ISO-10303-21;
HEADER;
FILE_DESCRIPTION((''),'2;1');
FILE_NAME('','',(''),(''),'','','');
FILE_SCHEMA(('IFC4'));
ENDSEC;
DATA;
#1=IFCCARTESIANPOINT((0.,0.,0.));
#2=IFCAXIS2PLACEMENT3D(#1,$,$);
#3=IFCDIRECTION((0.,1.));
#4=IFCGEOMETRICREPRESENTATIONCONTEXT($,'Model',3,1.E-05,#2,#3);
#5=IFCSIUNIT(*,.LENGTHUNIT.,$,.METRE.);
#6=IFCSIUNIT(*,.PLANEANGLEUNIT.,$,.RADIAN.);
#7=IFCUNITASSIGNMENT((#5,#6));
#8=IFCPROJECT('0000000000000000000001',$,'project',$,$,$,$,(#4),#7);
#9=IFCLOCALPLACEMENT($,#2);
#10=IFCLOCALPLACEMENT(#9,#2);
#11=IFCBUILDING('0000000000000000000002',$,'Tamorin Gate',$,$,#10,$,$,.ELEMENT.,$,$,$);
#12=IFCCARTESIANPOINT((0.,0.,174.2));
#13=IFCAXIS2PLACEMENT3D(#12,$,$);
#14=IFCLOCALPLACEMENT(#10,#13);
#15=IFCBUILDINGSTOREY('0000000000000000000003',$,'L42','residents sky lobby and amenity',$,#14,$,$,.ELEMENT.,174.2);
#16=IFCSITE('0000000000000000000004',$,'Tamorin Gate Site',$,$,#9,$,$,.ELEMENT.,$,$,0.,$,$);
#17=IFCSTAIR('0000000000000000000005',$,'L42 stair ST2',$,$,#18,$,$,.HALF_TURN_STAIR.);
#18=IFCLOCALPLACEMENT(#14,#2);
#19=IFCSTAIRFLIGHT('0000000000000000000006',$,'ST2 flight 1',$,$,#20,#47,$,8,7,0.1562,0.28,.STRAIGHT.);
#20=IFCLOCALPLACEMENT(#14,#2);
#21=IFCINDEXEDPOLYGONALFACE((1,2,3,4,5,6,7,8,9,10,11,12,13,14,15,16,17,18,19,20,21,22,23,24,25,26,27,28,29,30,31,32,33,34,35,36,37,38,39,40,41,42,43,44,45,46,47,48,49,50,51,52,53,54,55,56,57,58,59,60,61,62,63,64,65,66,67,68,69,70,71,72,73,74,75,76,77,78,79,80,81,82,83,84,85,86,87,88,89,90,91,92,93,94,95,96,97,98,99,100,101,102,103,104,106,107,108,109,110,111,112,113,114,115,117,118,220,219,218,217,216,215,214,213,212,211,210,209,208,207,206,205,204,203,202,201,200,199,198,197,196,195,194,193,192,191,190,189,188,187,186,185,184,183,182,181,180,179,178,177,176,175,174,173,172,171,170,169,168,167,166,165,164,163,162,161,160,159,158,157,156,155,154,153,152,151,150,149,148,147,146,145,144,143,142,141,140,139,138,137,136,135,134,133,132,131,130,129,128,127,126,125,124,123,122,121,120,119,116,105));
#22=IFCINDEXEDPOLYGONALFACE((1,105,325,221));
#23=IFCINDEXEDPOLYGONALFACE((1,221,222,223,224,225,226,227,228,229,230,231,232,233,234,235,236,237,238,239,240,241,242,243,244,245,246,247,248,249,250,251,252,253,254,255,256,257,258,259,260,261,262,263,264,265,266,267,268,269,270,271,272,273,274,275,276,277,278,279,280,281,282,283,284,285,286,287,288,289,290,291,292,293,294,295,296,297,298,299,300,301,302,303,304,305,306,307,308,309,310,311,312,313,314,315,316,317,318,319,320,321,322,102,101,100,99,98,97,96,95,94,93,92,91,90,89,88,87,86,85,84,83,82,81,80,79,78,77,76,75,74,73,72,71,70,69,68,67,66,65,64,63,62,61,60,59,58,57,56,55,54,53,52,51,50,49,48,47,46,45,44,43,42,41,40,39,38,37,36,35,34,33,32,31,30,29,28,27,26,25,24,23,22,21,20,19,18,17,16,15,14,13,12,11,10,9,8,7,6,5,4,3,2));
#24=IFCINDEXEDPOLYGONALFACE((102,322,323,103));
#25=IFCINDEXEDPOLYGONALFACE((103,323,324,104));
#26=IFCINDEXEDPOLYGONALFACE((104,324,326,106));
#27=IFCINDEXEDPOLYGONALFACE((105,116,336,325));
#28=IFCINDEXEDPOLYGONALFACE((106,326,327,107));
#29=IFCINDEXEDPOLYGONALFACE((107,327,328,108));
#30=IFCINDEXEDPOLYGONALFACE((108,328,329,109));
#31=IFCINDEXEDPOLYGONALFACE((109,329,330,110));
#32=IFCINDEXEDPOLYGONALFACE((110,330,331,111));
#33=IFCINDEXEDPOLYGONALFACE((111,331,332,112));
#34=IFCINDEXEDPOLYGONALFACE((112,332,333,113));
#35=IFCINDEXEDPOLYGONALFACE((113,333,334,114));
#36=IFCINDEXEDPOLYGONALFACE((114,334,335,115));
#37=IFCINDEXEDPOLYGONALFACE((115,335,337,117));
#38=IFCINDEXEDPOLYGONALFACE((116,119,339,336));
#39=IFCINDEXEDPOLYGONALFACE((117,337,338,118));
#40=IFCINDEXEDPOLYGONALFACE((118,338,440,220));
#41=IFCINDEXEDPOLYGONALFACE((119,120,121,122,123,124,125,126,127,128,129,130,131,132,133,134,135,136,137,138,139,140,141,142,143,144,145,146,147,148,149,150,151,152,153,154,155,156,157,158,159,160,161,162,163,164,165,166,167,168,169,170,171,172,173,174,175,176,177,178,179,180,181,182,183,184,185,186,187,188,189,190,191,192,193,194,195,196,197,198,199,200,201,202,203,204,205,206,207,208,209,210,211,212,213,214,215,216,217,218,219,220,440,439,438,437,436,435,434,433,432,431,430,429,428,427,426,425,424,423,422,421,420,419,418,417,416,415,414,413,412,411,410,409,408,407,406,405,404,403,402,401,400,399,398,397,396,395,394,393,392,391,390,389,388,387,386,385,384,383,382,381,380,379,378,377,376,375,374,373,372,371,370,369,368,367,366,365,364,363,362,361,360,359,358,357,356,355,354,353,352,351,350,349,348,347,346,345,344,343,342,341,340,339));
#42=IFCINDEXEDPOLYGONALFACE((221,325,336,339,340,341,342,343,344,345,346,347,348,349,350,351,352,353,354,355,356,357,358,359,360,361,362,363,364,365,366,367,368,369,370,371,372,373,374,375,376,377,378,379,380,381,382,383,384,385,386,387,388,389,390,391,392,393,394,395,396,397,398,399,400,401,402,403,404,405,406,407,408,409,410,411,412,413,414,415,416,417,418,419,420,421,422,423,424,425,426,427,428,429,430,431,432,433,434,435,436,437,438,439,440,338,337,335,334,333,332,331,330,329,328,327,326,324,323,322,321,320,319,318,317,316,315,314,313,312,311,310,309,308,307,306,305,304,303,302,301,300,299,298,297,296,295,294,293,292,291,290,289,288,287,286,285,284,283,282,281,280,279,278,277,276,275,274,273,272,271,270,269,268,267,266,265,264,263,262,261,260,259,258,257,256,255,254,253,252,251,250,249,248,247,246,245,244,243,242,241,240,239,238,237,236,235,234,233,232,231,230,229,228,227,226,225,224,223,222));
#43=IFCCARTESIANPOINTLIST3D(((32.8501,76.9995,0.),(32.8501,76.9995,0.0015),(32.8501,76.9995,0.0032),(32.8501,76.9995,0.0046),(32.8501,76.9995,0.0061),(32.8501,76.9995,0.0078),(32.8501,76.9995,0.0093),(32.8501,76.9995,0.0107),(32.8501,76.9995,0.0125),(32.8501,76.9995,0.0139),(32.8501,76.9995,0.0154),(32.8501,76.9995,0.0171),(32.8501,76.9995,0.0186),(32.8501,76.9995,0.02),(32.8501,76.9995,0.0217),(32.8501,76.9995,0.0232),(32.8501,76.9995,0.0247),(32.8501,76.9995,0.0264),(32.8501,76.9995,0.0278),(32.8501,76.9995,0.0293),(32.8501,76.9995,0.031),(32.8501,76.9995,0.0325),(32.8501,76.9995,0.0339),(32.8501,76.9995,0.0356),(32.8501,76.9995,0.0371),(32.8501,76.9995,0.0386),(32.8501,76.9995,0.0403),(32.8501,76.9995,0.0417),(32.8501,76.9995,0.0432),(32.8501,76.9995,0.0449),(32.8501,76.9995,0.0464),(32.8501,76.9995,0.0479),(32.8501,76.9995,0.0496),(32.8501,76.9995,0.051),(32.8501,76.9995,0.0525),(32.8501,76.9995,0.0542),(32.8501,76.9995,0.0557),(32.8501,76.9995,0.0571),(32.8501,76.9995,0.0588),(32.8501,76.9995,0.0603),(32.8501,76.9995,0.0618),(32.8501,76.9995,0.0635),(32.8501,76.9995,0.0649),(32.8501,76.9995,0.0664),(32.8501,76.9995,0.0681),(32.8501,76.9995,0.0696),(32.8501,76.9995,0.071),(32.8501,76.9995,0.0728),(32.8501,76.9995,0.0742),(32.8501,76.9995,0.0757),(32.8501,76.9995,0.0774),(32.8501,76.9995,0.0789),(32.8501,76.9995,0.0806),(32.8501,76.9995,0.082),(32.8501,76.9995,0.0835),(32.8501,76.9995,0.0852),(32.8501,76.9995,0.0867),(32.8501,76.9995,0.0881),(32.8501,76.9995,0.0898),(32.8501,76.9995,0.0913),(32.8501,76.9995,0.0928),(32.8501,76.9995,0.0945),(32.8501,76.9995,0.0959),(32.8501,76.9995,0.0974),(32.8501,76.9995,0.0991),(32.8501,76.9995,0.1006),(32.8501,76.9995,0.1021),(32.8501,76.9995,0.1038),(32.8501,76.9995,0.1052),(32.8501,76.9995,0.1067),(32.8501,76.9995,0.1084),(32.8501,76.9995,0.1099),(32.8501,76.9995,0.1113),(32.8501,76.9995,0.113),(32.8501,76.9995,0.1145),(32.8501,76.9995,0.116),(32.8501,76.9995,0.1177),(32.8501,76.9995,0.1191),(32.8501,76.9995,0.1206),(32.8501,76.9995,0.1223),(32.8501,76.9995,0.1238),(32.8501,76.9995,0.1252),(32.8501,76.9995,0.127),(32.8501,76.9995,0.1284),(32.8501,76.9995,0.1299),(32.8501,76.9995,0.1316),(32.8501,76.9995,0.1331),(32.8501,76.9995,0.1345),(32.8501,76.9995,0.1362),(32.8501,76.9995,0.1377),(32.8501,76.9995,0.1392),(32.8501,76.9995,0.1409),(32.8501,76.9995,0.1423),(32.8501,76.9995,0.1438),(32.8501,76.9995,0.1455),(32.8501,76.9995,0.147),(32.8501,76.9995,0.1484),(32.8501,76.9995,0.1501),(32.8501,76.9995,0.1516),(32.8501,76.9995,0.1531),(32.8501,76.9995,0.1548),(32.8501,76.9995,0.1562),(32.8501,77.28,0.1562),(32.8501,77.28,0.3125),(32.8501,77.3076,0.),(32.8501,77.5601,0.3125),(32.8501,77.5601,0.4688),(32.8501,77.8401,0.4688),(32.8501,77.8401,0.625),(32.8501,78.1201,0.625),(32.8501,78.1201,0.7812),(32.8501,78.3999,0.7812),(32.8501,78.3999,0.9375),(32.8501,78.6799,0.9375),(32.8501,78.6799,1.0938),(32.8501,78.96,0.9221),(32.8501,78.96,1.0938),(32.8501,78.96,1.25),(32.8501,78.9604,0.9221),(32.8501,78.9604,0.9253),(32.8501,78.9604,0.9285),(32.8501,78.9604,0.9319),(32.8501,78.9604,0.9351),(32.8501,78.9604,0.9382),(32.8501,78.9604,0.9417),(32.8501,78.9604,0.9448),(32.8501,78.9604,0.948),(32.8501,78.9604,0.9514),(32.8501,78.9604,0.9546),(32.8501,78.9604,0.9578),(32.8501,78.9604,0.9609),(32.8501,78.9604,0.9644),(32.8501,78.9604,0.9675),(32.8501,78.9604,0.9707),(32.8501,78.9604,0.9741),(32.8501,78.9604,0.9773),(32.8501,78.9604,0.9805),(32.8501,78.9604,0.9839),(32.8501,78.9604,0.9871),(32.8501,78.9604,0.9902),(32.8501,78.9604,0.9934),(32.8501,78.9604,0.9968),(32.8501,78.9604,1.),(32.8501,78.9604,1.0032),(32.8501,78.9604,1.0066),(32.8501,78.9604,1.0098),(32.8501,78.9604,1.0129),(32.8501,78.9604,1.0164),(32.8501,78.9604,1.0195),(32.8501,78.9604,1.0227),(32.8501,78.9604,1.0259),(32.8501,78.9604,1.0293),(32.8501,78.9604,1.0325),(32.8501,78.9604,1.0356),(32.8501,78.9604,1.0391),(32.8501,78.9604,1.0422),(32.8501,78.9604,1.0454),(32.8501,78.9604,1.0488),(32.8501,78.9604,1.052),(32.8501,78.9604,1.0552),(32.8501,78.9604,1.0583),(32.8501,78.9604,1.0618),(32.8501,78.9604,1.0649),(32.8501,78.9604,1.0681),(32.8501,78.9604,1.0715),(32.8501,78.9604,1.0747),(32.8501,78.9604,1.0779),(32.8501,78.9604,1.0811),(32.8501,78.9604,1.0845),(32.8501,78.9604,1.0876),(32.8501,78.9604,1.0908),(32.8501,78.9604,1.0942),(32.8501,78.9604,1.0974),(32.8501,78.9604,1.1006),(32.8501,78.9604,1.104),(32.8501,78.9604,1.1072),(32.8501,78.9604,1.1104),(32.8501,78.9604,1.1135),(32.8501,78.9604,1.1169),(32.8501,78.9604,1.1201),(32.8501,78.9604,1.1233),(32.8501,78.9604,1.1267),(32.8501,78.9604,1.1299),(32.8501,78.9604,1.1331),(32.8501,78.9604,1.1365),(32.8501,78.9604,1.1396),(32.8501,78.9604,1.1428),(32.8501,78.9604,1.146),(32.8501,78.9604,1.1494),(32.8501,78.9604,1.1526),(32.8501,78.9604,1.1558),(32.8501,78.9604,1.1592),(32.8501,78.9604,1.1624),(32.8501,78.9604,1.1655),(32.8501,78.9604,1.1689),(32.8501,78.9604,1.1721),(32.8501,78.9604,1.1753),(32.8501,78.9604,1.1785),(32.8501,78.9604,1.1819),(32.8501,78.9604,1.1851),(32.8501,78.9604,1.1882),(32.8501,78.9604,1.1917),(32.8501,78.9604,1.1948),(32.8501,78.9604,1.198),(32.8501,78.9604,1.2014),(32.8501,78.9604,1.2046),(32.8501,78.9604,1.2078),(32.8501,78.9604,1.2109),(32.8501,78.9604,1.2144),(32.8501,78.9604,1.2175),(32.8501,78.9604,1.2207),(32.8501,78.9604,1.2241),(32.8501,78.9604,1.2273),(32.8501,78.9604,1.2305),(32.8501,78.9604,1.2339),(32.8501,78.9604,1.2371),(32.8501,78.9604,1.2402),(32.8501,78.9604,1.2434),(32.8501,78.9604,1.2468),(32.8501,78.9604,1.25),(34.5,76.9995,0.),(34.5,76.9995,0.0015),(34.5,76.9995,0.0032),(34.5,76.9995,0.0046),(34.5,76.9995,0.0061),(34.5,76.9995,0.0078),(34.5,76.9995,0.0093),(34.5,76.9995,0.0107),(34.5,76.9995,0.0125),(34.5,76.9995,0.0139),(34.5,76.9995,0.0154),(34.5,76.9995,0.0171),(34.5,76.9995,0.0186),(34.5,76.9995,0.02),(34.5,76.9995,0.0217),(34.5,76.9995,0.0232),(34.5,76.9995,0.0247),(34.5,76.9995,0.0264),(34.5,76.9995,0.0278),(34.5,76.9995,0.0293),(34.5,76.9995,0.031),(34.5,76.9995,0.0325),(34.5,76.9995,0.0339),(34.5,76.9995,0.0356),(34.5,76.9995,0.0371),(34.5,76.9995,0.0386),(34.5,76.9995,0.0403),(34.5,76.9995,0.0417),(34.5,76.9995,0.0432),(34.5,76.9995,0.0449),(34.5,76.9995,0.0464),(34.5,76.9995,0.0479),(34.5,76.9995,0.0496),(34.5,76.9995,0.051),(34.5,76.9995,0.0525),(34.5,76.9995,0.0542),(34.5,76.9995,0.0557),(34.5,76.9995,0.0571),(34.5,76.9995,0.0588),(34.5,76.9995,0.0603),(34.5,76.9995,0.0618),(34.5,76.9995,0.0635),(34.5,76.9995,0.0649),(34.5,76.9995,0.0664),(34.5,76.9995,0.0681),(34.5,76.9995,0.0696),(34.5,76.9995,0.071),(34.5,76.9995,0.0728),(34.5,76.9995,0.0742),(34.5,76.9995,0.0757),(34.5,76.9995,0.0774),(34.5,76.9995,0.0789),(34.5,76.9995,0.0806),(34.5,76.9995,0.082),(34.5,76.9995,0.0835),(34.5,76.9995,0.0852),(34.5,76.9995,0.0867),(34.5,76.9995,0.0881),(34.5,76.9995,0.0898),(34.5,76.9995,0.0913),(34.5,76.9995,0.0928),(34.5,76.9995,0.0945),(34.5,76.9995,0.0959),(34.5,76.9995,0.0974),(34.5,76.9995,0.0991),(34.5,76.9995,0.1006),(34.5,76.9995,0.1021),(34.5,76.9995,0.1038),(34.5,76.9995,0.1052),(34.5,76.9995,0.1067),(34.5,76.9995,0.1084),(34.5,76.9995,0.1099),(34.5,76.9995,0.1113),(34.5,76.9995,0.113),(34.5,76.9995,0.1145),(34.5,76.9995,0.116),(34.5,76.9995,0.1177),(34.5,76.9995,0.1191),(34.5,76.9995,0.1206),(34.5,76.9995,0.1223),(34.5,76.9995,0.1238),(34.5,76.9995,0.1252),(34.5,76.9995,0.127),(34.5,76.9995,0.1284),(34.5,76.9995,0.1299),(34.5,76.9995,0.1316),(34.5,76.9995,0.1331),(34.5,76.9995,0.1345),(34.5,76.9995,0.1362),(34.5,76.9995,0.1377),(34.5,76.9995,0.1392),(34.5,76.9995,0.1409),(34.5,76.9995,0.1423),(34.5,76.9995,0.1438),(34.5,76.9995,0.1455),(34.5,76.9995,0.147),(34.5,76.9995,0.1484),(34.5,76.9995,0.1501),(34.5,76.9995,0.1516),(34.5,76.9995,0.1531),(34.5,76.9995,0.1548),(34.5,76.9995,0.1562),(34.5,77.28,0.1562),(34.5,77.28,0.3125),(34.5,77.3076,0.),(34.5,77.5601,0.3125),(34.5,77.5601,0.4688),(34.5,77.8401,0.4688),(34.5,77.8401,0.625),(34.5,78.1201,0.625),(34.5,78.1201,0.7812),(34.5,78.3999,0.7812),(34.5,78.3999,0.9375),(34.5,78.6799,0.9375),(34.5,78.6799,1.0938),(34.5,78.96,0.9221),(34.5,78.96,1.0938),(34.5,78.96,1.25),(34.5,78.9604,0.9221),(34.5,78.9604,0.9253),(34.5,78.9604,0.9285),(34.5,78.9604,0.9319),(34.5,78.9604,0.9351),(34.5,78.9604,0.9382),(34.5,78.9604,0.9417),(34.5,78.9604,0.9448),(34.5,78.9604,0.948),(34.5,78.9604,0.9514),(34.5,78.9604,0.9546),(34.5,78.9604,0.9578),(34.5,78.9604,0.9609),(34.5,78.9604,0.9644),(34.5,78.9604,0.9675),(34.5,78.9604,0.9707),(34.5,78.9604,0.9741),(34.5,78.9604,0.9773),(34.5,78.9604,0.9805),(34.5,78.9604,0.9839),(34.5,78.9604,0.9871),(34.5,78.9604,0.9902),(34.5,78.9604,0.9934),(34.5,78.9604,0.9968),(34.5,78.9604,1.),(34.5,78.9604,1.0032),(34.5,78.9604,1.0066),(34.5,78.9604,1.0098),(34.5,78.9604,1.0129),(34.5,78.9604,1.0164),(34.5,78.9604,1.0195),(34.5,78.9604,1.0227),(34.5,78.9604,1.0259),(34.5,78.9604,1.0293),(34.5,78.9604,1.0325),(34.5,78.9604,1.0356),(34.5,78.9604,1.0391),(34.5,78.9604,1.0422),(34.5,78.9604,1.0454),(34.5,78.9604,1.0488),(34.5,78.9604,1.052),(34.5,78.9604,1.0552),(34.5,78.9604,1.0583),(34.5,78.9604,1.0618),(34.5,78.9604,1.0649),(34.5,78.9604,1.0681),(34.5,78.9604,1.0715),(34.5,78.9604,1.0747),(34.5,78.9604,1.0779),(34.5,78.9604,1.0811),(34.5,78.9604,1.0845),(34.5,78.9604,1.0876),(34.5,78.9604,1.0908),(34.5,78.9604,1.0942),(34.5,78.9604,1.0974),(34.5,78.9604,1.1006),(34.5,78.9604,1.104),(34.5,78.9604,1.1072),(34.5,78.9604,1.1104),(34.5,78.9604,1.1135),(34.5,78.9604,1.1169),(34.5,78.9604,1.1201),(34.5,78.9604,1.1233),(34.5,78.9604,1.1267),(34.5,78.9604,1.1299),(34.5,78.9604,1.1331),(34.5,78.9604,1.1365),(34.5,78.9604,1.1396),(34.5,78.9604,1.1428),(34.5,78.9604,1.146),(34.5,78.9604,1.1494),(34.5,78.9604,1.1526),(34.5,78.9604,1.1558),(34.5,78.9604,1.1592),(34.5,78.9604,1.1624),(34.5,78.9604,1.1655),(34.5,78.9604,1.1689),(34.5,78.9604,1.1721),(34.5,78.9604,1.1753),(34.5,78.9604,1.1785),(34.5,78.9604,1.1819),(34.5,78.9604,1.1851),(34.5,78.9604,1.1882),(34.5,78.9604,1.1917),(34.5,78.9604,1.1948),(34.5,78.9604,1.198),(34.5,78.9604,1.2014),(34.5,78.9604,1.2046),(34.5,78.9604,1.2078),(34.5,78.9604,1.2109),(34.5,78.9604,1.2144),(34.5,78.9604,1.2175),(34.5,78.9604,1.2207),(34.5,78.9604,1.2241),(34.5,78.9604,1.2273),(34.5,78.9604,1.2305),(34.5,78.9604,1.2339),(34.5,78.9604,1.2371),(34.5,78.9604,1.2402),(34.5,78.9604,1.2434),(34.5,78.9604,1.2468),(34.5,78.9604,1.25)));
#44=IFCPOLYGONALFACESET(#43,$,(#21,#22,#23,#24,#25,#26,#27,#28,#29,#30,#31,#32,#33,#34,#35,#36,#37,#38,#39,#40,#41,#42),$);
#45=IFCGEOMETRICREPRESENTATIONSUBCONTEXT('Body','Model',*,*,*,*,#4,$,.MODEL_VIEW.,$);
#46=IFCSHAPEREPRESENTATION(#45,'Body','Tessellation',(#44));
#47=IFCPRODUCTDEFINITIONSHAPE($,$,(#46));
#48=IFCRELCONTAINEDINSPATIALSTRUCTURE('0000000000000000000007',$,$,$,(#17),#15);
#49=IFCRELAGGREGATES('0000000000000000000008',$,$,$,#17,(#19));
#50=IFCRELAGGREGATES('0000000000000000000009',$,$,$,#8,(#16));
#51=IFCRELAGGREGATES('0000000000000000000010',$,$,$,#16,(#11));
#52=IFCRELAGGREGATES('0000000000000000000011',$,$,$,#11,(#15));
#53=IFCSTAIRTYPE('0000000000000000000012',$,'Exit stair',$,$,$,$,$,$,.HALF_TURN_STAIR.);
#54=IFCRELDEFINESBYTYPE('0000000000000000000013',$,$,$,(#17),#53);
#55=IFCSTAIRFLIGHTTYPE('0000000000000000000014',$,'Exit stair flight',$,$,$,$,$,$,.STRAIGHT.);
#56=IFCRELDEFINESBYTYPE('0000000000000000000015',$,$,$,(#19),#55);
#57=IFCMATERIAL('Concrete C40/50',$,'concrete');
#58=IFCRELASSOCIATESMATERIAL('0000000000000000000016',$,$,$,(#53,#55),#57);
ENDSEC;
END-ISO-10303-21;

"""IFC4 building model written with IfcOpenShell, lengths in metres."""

from ifc_helpers import new_model, si_unit, direction, frame, origin, place, context, subcontext, project, spatial, polyline, outline, extrude, material, type_object, element, aggregate, save


model = new_model("IFC4")

# Units and contexts
model_context = context("Model", 3, precision=1e-05, world=origin(), true_north=direction((0.0, 1.0)))
body_context = subcontext(model_context, "Body", "Model", "MODEL_VIEW")
ifc_project = project(units=[si_unit("LENGTHUNIT", "METRE"), si_unit("PLANEANGLEUNIT", "RADIAN")], contexts=[model_context])

# Site, building, storey
site_placement = place(None, origin())
site = spatial("IfcSite", under=ifc_project, at=site_placement, Name="Tamorin Gate Site", CompositionType="ELEMENT", RefElevation=0.0)
building_placement = place(site_placement, origin())
building = spatial("IfcBuilding", under=site, at=building_placement, Name="Tamorin Gate", CompositionType="ELEMENT")
storey_placement = place(building_placement, frame((0.0, 0.0, 174.2)))
storey = spatial("IfcBuildingStorey", under=building, at=storey_placement, Name="L42", Description="residents sky lobby and amenity", CompositionType="ELEMENT", Elevation=174.2)

# Stair, stair flight
ifc_material_1 = material(Name="Concrete C40/50", Category="concrete")
stair_type = type_object("IfcStairType", Name="Exit stair", PredefinedType="HALF_TURN_STAIR", material=ifc_material_1)
stair_placement = place(storey_placement, origin())
stair = element("IfcStair", 1, at=stair_placement, inside=storey, type_object=stair_type, Name="L42 stair ST2", PredefinedType="HALF_TURN_STAIR")
stair_flight_type = type_object("IfcStairFlightType", Name="Exit stair flight", PredefinedType="STRAIGHT", material=ifc_material_1)
stair_flight_1_placement = place(storey_placement, frame((33.675, 77.0, 0.0), z_axis=(0.0, 0.0, 1.0), x_axis=(0.0, 1.0, 0.0)))
stair_flight_1 = element("IfcStairFlight", 2, at=stair_flight_1_placement, type_object=stair_flight_type, Name="ST2 flight 1", NumberOfRisers=8, NumberOfTreads=7, PredefinedType="STRAIGHT", RiserHeight=0.1562, TreadLength=0.28, context=body_context, shape_type="SweptSolid", body=[
    extrude(outline(polyline([(-0.0005, 0.0), (-0.0005, 0.0015), (-0.0005, 0.0032), (-0.0005, 0.0046), (-0.0005, 0.0061), (-0.0005, 0.0078), (-0.0005, 0.0093), (-0.0005, 0.0107), (-0.0005, 0.0125), (-0.0005, 0.0139), (-0.0005, 0.0154), (-0.0005, 0.0171), (-0.0005, 0.0186), (-0.0005, 0.02), (-0.0005, 0.0217), (-0.0005, 0.0232), (-0.0005, 0.0247), (-0.0005, 0.0264), (-0.0005, 0.0278), (-0.0005, 0.0293), (-0.0005, 0.031), (-0.0005, 0.0325), (-0.0005, 0.0339), (-0.0005, 0.0356), (-0.0005, 0.0371), (-0.0005, 0.0386), (-0.0005, 0.0403), (-0.0005, 0.0417), (-0.0005, 0.0432), (-0.0005, 0.0449), (-0.0005, 0.0464), (-0.0005, 0.0479), (-0.0005, 0.0496), (-0.0005, 0.051), (-0.0005, 0.0525), (-0.0005, 0.0542), (-0.0005, 0.0557), (-0.0005, 0.0571), (-0.0005, 0.0588), (-0.0005, 0.0603), (-0.0005, 0.0618), (-0.0005, 0.0635), (-0.0005, 0.0649), (-0.0005, 0.0664), (-0.0005, 0.0681), (-0.0005, 0.0696), (-0.0005, 0.071), (-0.0005, 0.0728), (-0.0005, 0.0742), (-0.0005, 0.0757), (-0.0005, 0.0774), (-0.0005, 0.0789), (-0.0005, 0.0806), (-0.0005, 0.082), (-0.0005, 0.0835), (-0.0005, 0.0852), (-0.0005, 0.0867), (-0.0005, 0.0881), (-0.0005, 0.0898), (-0.0005, 0.0913), (-0.0005, 0.0928), (-0.0005, 0.0945), (-0.0005, 0.0959), (-0.0005, 0.0974), (-0.0005, 0.0991), (-0.0005, 0.1006), (-0.0005, 0.1021), (-0.0005, 0.1038), (-0.0005, 0.1052), (-0.0005, 0.1067), (-0.0005, 0.1084), (-0.0005, 0.1099), (-0.0005, 0.1113), (-0.0005, 0.113), (-0.0005, 0.1145), (-0.0005, 0.116), (-0.0005, 0.1177), (-0.0005, 0.1191), (-0.0005, 0.1206), (-0.0005, 0.1223), (-0.0005, 0.1238), (-0.0005, 0.1252), (-0.0005, 0.127), (-0.0005, 0.1284), (-0.0005, 0.1299), (-0.0005, 0.1316), (-0.0005, 0.1331), (-0.0005, 0.1345), (-0.0005, 0.1362), (-0.0005, 0.1377), (-0.0005, 0.1392), (-0.0005, 0.1409), (-0.0005, 0.1423), (-0.0005, 0.1438), (-0.0005, 0.1455), (-0.0005, 0.147), (-0.0005, 0.1484), (-0.0005, 0.1501), (-0.0005, 0.1516), (-0.0005, 0.1531), (-0.0005, 0.1548), (-0.0005, 0.1562), (0.28, 0.1562), (0.28, 0.3125), (0.5601, 0.3125), (0.5601, 0.4688), (0.8401, 0.4688), (0.8401, 0.625), (1.1201, 0.625), (1.1201, 0.7812), (1.3999, 0.7812), (1.3999, 0.9375), (1.6799, 0.9375), (1.6799, 1.0938), (1.96, 1.0938), (1.96, 1.25), (1.9604, 1.25), (1.9604, 1.2468), (1.9604, 1.2434), (1.9604, 1.2402), (1.9604, 1.2371), (1.9604, 1.2339), (1.9604, 1.2305), (1.9604, 1.2273), (1.9604, 1.2241), (1.9604, 1.2207), (1.9604, 1.2175), (1.9604, 1.2144), (1.9604, 1.2109), (1.9604, 1.2078), (1.9604, 1.2046), (1.9604, 1.2014), (1.9604, 1.198), (1.9604, 1.1948), (1.9604, 1.1917), (1.9604, 1.1882), (1.9604, 1.1851), (1.9604, 1.1819), (1.9604, 1.1785), (1.9604, 1.1753), (1.9604, 1.1721), (1.9604, 1.1689), (1.9604, 1.1655), (1.9604, 1.1624), (1.9604, 1.1592), (1.9604, 1.1558), (1.9604, 1.1526), (1.9604, 1.1494), (1.9604, 1.146), (1.9604, 1.1428), (1.9604, 1.1396), (1.9604, 1.1365), (1.9604, 1.1331), (1.9604, 1.1299), (1.9604, 1.1267), (1.9604, 1.1233), (1.9604, 1.1201), (1.9604, 1.1169), (1.9604, 1.1135), (1.9604, 1.1104), (1.9604, 1.1072), (1.9604, 1.104), (1.9604, 1.1006), (1.9604, 1.0974), (1.9604, 1.0942), (1.9604, 1.0908), (1.9604, 1.0876), (1.9604, 1.0845), (1.9604, 1.0811), (1.9604, 1.0779), (1.9604, 1.0747), (1.9604, 1.0715), (1.9604, 1.0681), (1.9604, 1.0649), (1.9604, 1.0618), (1.9604, 1.0583), (1.9604, 1.0552), (1.9604, 1.052), (1.9604, 1.0488), (1.9604, 1.0454), (1.9604, 1.0422), (1.9604, 1.0391), (1.9604, 1.0356), (1.9604, 1.0325), (1.9604, 1.0293), (1.9604, 1.0259), (1.9604, 1.0227), (1.9604, 1.0195), (1.9604, 1.0164), (1.9604, 1.0129), (1.9604, 1.0098), (1.9604, 1.0066), (1.9604, 1.0032), (1.9604, 1.0), (1.9604, 0.9968), (1.9604, 0.9934), (1.9604, 0.9902), (1.9604, 0.9871), (1.9604, 0.9839), (1.9604, 0.9805), (1.9604, 0.9773), (1.9604, 0.9741), (1.9604, 0.9707), (1.9604, 0.9675), (1.9604, 0.9644), (1.9604, 0.9609), (1.9604, 0.9578), (1.9604, 0.9546), (1.9604, 0.9514), (1.9604, 0.948), (1.9604, 0.9448), (1.9604, 0.9417), (1.9604, 0.9382), (1.9604, 0.9351), (1.9604, 0.9319), (1.9604, 0.9285), (1.9604, 0.9253), (1.9604, 0.9221), (1.96, 0.9221), (0.3076, 0.0), (-0.0005, 0.0)])), frame((0.0, 0.825, 0.0), z_axis=(0.0, -1.0, 0.0), x_axis=(1.0, 0.0, 0.0)), (0.0, 0.0, 1.0), 1.6499),
])
aggregate(stair, [stair_flight_1])

save(model, "model.ifc")
